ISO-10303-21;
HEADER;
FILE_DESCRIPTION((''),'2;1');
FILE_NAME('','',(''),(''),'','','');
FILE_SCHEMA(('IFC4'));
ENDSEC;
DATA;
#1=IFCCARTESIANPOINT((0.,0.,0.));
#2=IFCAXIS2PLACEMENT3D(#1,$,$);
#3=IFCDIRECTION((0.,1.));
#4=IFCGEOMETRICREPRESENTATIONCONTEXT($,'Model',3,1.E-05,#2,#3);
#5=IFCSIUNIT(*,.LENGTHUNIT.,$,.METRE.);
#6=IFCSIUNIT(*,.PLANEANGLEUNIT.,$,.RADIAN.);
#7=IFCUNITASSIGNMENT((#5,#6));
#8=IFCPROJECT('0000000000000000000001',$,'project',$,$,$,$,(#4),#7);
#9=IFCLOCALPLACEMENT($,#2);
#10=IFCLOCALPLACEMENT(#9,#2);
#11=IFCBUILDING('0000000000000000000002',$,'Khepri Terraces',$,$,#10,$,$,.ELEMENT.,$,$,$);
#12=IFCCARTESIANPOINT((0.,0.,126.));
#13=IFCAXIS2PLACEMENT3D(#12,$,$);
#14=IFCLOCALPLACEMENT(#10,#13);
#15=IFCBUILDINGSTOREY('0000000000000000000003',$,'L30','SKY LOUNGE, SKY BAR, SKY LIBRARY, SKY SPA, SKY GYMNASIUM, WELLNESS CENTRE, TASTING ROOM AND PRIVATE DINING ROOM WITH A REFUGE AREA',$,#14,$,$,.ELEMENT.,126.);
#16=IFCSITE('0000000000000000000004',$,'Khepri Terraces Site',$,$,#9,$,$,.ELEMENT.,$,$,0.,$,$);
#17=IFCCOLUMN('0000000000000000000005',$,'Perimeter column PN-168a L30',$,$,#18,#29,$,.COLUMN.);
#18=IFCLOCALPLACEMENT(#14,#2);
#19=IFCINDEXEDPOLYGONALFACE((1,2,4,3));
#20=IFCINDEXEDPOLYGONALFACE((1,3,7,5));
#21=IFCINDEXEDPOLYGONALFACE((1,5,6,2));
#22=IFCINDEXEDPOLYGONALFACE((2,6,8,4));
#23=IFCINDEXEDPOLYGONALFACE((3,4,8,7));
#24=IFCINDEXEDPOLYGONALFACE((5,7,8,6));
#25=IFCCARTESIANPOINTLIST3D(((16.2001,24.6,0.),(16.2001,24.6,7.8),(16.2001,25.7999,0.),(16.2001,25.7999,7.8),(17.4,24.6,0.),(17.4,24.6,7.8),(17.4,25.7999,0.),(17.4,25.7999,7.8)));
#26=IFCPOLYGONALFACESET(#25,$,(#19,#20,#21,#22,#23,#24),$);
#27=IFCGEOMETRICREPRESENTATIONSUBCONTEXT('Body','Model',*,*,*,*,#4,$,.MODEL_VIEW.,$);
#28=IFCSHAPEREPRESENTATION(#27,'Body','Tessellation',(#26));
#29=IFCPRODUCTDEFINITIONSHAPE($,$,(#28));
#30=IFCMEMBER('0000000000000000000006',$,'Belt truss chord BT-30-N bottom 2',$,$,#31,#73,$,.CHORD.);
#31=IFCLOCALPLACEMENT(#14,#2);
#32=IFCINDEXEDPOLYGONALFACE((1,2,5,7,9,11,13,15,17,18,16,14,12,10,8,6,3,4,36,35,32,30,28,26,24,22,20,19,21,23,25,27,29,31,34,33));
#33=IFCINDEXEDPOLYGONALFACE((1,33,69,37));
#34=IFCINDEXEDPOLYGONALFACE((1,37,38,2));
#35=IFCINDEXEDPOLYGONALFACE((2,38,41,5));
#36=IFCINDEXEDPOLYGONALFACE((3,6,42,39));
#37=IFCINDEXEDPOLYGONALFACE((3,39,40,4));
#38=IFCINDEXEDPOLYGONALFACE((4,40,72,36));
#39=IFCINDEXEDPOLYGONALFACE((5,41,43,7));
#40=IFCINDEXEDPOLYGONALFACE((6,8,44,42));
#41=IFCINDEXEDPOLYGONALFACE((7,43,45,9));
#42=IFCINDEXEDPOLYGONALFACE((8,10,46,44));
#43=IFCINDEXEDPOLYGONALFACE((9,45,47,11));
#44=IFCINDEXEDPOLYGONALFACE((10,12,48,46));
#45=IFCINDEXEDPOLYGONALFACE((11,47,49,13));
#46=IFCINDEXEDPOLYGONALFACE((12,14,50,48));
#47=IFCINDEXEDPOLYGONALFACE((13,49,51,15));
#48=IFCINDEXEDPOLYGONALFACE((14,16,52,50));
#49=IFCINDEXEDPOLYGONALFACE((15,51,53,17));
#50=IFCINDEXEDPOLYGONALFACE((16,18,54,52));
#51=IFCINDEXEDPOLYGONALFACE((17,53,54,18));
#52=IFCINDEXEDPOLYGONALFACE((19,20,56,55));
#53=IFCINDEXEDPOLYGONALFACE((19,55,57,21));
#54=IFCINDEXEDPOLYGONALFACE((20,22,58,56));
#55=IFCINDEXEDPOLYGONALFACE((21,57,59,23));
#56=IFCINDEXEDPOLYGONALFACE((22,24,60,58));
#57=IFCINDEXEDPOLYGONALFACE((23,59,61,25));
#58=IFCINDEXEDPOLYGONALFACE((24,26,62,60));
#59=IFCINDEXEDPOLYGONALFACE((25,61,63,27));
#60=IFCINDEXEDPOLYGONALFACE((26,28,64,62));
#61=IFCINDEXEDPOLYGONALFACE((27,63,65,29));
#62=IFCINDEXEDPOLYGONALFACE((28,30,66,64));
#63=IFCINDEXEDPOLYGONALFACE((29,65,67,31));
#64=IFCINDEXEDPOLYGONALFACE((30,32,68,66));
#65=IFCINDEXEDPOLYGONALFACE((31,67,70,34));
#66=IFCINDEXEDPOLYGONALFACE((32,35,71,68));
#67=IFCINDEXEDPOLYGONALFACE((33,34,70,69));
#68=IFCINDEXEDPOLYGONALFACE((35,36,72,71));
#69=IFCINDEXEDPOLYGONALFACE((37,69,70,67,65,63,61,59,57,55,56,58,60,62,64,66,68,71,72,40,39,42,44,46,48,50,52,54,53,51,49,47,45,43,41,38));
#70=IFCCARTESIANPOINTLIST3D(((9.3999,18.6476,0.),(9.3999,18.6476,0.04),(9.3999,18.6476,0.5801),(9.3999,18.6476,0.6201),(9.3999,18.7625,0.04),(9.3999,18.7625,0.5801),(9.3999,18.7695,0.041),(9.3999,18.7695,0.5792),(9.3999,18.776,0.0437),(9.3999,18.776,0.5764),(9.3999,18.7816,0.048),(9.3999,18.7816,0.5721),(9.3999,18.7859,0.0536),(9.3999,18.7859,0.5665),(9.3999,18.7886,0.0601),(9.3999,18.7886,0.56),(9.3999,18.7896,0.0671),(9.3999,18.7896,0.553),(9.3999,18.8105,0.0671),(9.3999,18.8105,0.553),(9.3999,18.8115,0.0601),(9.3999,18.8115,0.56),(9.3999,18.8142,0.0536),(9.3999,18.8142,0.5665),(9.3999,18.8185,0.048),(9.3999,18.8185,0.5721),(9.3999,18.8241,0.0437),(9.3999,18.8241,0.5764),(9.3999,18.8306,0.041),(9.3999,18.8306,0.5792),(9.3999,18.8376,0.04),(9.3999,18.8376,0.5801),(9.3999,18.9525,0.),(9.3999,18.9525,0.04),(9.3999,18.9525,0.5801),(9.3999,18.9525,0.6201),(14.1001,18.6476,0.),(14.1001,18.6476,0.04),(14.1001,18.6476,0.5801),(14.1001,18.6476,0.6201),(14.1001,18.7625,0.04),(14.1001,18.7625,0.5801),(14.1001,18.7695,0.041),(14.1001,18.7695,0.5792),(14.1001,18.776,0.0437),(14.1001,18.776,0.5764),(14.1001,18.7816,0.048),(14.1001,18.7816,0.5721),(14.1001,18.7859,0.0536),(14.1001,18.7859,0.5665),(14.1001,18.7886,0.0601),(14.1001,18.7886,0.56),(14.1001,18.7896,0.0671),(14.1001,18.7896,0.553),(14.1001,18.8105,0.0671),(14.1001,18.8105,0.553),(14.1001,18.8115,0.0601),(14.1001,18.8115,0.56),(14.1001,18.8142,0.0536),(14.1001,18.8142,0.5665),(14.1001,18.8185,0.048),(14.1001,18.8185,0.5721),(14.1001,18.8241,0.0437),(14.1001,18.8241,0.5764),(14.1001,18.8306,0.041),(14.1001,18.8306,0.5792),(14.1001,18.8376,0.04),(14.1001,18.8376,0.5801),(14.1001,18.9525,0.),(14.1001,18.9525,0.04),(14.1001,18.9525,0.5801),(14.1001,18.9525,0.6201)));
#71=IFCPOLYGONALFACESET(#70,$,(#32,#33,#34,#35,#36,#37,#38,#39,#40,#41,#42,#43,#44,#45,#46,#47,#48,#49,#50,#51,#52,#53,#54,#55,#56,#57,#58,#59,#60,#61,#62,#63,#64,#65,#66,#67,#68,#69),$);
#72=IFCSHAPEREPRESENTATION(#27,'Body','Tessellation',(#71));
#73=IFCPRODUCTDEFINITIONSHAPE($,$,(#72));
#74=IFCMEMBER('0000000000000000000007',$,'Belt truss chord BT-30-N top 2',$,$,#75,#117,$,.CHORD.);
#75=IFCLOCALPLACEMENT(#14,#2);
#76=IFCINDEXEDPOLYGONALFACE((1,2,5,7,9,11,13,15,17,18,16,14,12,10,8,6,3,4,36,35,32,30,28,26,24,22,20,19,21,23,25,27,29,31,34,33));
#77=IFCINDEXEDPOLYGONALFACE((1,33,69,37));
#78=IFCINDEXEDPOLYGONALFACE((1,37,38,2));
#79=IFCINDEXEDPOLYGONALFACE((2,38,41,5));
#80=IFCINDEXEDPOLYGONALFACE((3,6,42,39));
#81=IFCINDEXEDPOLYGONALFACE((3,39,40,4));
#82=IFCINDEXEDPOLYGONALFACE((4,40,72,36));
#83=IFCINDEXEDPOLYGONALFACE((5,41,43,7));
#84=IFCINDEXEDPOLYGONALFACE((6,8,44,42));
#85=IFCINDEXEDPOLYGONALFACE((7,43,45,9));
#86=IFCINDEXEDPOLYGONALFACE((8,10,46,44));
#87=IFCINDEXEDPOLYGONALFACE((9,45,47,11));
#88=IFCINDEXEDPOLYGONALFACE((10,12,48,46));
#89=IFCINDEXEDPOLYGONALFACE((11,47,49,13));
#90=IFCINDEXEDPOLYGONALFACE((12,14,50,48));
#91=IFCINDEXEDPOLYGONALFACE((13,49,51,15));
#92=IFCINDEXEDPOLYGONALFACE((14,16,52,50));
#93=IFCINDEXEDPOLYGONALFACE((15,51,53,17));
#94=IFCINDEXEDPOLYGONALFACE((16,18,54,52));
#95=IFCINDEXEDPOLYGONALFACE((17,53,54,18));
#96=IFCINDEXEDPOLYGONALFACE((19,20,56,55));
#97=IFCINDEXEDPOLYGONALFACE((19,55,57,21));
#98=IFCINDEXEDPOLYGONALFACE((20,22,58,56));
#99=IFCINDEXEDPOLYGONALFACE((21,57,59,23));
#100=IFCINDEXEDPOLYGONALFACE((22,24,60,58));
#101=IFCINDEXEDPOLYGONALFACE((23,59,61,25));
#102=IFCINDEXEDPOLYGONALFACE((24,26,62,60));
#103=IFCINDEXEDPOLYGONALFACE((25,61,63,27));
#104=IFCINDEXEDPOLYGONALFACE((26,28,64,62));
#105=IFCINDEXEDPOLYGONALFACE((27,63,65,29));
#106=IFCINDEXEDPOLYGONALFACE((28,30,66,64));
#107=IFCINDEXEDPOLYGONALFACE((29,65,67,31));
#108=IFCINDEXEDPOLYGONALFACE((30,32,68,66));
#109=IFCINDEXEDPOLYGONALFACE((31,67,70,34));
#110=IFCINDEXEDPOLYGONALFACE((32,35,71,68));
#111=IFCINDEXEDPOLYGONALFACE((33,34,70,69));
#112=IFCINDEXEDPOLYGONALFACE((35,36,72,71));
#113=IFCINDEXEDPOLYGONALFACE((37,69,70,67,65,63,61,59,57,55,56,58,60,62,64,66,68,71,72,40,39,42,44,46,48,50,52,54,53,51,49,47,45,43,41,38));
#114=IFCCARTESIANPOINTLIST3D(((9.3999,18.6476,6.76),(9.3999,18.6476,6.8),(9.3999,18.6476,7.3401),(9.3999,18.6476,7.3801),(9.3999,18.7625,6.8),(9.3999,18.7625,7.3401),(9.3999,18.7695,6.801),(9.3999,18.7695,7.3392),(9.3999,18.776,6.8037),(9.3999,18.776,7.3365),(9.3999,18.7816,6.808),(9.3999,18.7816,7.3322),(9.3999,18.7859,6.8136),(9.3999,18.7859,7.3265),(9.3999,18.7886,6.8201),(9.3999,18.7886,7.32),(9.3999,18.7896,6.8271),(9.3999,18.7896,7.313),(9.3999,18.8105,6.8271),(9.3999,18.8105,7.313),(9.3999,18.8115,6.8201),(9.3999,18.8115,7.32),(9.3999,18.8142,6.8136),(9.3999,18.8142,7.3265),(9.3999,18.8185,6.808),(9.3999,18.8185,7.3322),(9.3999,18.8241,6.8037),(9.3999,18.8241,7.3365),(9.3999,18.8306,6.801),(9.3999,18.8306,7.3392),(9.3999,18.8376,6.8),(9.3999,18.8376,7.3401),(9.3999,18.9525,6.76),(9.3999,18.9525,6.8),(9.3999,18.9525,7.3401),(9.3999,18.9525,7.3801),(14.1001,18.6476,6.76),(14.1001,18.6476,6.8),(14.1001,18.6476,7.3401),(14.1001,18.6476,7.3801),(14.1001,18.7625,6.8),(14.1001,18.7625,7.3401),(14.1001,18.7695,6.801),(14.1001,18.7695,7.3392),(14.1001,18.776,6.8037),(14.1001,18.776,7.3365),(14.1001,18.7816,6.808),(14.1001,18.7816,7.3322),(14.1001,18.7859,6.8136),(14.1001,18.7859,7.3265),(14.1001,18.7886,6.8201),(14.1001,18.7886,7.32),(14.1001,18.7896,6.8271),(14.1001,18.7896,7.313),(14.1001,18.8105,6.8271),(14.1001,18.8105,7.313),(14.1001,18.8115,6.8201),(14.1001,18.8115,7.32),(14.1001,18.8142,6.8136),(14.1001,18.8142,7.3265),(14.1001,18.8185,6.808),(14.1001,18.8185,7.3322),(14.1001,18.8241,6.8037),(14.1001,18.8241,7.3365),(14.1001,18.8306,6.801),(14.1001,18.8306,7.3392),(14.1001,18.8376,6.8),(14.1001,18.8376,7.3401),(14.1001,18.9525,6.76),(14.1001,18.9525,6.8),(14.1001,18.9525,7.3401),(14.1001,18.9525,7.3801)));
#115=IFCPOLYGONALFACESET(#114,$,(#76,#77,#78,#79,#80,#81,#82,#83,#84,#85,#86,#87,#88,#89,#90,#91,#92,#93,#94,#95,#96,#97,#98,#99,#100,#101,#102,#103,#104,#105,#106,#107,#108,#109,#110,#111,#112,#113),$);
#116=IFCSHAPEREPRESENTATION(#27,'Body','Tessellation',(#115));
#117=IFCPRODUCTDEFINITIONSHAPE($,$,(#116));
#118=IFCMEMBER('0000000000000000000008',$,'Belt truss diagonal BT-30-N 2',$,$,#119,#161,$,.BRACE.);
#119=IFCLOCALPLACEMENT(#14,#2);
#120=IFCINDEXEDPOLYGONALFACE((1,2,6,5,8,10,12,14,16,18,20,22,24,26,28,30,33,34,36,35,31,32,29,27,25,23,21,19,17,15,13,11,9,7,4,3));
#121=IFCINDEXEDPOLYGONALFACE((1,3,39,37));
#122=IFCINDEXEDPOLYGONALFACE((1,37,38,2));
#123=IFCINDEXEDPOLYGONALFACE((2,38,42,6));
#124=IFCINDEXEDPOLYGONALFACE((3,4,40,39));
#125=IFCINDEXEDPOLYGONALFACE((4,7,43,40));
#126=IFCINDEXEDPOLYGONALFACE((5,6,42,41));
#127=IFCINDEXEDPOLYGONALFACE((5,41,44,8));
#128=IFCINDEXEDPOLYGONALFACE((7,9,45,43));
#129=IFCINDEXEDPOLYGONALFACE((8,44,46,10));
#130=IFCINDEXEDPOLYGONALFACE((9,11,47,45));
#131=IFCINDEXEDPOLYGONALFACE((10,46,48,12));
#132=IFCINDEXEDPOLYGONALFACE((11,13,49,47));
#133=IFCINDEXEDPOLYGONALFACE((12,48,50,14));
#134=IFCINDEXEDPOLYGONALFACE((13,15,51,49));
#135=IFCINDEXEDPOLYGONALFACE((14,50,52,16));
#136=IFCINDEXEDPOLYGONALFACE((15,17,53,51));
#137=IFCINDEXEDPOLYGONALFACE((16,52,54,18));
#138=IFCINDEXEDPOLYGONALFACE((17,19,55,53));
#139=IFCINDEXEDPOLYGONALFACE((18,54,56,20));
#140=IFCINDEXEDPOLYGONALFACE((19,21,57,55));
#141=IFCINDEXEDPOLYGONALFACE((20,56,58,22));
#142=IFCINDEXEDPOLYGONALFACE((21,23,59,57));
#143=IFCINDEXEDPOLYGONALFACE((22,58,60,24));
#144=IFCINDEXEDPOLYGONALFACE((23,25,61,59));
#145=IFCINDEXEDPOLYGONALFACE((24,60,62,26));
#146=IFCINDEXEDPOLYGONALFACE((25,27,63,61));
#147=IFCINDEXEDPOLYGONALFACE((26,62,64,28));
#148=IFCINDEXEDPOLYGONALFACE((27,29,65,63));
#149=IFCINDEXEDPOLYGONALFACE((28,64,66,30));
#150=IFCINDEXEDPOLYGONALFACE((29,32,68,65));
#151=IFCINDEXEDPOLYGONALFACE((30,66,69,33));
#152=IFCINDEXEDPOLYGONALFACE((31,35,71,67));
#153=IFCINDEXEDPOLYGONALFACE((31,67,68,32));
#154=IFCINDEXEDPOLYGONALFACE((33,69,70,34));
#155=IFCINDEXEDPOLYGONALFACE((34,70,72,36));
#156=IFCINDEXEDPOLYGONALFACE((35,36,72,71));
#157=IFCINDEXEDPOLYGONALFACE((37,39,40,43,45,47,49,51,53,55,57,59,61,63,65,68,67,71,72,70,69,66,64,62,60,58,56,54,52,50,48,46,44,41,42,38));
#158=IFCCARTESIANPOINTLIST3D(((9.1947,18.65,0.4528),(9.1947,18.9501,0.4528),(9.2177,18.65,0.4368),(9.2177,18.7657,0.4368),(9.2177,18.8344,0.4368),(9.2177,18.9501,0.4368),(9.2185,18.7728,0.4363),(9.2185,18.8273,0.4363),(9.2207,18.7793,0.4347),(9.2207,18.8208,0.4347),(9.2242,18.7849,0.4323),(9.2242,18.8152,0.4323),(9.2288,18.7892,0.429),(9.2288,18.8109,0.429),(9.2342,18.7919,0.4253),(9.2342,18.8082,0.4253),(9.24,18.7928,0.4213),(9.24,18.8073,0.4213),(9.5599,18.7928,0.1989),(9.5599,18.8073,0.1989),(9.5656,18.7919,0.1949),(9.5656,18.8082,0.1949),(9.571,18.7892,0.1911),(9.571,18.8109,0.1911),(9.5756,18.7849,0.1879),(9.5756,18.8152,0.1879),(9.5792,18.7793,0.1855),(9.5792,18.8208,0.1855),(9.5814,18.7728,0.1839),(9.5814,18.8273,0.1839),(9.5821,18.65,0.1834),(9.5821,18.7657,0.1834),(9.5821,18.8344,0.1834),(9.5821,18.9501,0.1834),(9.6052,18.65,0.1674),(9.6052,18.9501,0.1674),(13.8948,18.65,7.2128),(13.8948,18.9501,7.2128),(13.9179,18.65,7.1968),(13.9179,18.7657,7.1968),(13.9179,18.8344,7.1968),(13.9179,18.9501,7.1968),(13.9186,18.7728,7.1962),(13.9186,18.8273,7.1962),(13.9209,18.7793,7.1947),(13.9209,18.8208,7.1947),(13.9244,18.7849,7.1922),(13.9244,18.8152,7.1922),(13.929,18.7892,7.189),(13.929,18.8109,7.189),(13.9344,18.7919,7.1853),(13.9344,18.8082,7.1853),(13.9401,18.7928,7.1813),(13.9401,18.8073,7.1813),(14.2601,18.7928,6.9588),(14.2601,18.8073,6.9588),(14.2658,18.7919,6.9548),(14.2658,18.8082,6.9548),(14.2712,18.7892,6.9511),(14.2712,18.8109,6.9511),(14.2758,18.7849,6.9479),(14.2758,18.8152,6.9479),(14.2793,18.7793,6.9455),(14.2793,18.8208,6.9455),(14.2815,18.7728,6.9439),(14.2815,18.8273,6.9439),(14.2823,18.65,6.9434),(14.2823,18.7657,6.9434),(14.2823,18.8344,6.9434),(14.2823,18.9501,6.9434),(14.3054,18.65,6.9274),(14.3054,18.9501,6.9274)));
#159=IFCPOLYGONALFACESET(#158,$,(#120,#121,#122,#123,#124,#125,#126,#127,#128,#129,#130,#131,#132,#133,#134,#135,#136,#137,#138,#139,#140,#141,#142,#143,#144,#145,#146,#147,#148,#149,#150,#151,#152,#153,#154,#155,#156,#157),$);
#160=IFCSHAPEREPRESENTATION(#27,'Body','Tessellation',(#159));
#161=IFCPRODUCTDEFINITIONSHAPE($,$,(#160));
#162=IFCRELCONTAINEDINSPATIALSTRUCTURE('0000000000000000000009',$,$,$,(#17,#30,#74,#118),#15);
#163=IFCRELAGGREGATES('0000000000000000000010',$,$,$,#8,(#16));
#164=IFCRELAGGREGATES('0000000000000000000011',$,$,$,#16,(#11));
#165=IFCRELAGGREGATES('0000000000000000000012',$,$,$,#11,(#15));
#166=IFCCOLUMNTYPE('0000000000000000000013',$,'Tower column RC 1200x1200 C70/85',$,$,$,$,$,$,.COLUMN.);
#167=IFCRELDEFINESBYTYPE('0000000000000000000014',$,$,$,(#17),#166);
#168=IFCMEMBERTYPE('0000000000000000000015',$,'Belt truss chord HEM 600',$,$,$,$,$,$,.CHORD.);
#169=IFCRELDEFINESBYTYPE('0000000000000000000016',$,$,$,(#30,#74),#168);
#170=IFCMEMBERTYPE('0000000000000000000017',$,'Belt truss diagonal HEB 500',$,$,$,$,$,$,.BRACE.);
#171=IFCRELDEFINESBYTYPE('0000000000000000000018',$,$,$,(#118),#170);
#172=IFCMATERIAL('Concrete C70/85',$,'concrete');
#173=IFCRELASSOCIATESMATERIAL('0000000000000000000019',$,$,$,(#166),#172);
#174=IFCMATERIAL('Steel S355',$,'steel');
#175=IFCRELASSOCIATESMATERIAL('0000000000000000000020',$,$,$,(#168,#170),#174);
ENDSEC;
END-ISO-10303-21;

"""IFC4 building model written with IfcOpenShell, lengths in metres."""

from ifc_helpers import new_model, si_unit, direction, frame, origin, origin_2d, place, context, subcontext, project, spatial, rectangle, i_section, extrude, material, material_profile, profile_set, type_object, element, save


model = new_model("IFC4")

# Units and contexts
model_context = context("Model", 3, precision=1e-05, world=origin(), true_north=direction((0.0, 1.0)))
body_context = subcontext(model_context, "Body", "Model", "MODEL_VIEW")
ifc_project = project(units=[si_unit("LENGTHUNIT", "METRE"), si_unit("PLANEANGLEUNIT", "RADIAN")], contexts=[model_context])

# Site, building, storey
site_placement = place(None, origin())
site = spatial("IfcSite", under=ifc_project, at=site_placement, Name="Khepri Terraces Site", CompositionType="ELEMENT", RefElevation=0.0)
building_placement = place(site_placement, origin())
building = spatial("IfcBuilding", under=site, at=building_placement, Name="Khepri Terraces", CompositionType="ELEMENT")
storey_placement = place(building_placement, frame((0.0, 0.0, 126.0)))
storey = spatial("IfcBuildingStorey", under=building, at=storey_placement, Name="L30", Description="SKY LOUNGE, SKY BAR, SKY LIBRARY, SKY SPA, SKY GYMNASIUM, WELLNESS CENTRE, TASTING ROOM AND PRIVATE DINING ROOM WITH A REFUGE AREA", CompositionType="ELEMENT", Elevation=126.0)

# Column
ifc_material_1 = material(Name="Concrete C70/85", Category="concrete")
ifc_material_profile_1 = material_profile(ifc_material_1, rectangle(XDim=1.2, YDim=1.2, at=origin_2d()), Name="Concrete C70/85", Category="concrete")
ifc_profile_set_1 = profile_set([ifc_material_profile_1], Name="Concrete C70/85")
column_type = type_object("IfcColumnType", Name="Tower column RC 1200x1200 C70/85", PredefinedType="COLUMN", material=ifc_profile_set_1)
column_placement = place(storey_placement, frame((16.8, 25.2, 0.0), z_axis=(0.0, 0.0, 1.0), x_axis=(1.0, 0.0, 0.0)))
element("IfcColumn", 1, at=column_placement, inside=storey, type_object=column_type, Name="Perimeter column PN-168a L30", PredefinedType="COLUMN", context=body_context, shape_type="SweptSolid", body=[
    extrude(rectangle(XDim=1.2, YDim=1.2, at=origin_2d()), origin(), (0.0, 0.0, 1.0), 7.8),
])

# Members
ifc_material_2 = material(Name="Steel S355", Category="steel")
ifc_material_profile_2 = material_profile(ifc_material_2, i_section(OverallWidth=0.3049, OverallDepth=0.6201, WebThickness=0.021, FlangeThickness=0.04, FilletRadius=0.0271, at=origin_2d()), Name="Steel S355", Category="steel")
ifc_profile_set_2 = profile_set([ifc_material_profile_2], Name="Steel S355")
member_type_1 = type_object("IfcMemberType", Name="Belt truss chord HEM 600", PredefinedType="CHORD", material=ifc_profile_set_2)
for number, where, z_axis, x_axis, name in (
    (2, (14.1001, 18.8, 0.3101), (-1.0, 0.0, 0.0), (0.0, -1.0, 0.0), "Belt truss chord BT-30-N bottom 2"),
    (3, (14.1001, 18.8, 7.0701), (-1.0, 0.0, 0.0), (0.0, -1.0, 0.0), "Belt truss chord BT-30-N top 2"),
):
    element("IfcMember", number, at=place(storey_placement, frame(where, z_axis=z_axis, x_axis=x_axis)), inside=storey, type_object=member_type_1, Name=name, PredefinedType="CHORD", context=body_context, shape_type="SweptSolid", body=[
        extrude(i_section(OverallWidth=0.3049, OverallDepth=0.6201, WebThickness=0.021, FlangeThickness=0.04, FilletRadius=0.0271, at=origin_2d()), origin(), (0.0, 0.0, 1.0), 4.7002),
    ])
ifc_material_profile_3 = material_profile(ifc_material_2, i_section(OverallWidth=0.3, OverallDepth=0.5, WebThickness=0.0144, FlangeThickness=0.0281, FilletRadius=0.0271, at=origin_2d()), Name="Steel S355", Category="steel")
ifc_profile_set_3 = profile_set([ifc_material_profile_3], Name="Steel S355")
member_type_2 = type_object("IfcMemberType", Name="Belt truss diagonal HEB 500", PredefinedType="BRACE", material=ifc_profile_set_3)
member_1_placement = place(storey_placement, frame((14.1001, 18.8, 7.0701), z_axis=(-0.570866, 0.0, -0.821043), x_axis=(0.0, -1.0, 0.0)))
element("IfcMember", 4, at=member_1_placement, inside=storey, type_object=member_type_2, Name="Belt truss diagonal BT-30-N 2", PredefinedType="BRACE", context=body_context, shape_type="SweptSolid", body=[
    extrude(i_section(OverallWidth=0.3, OverallDepth=0.5, WebThickness=0.0144, FlangeThickness=0.0281, FilletRadius=0.0271, at=origin_2d()), origin(), (0.0, 0.0, 1.0), 8.2334),
])

save(model, "model.ifc")
